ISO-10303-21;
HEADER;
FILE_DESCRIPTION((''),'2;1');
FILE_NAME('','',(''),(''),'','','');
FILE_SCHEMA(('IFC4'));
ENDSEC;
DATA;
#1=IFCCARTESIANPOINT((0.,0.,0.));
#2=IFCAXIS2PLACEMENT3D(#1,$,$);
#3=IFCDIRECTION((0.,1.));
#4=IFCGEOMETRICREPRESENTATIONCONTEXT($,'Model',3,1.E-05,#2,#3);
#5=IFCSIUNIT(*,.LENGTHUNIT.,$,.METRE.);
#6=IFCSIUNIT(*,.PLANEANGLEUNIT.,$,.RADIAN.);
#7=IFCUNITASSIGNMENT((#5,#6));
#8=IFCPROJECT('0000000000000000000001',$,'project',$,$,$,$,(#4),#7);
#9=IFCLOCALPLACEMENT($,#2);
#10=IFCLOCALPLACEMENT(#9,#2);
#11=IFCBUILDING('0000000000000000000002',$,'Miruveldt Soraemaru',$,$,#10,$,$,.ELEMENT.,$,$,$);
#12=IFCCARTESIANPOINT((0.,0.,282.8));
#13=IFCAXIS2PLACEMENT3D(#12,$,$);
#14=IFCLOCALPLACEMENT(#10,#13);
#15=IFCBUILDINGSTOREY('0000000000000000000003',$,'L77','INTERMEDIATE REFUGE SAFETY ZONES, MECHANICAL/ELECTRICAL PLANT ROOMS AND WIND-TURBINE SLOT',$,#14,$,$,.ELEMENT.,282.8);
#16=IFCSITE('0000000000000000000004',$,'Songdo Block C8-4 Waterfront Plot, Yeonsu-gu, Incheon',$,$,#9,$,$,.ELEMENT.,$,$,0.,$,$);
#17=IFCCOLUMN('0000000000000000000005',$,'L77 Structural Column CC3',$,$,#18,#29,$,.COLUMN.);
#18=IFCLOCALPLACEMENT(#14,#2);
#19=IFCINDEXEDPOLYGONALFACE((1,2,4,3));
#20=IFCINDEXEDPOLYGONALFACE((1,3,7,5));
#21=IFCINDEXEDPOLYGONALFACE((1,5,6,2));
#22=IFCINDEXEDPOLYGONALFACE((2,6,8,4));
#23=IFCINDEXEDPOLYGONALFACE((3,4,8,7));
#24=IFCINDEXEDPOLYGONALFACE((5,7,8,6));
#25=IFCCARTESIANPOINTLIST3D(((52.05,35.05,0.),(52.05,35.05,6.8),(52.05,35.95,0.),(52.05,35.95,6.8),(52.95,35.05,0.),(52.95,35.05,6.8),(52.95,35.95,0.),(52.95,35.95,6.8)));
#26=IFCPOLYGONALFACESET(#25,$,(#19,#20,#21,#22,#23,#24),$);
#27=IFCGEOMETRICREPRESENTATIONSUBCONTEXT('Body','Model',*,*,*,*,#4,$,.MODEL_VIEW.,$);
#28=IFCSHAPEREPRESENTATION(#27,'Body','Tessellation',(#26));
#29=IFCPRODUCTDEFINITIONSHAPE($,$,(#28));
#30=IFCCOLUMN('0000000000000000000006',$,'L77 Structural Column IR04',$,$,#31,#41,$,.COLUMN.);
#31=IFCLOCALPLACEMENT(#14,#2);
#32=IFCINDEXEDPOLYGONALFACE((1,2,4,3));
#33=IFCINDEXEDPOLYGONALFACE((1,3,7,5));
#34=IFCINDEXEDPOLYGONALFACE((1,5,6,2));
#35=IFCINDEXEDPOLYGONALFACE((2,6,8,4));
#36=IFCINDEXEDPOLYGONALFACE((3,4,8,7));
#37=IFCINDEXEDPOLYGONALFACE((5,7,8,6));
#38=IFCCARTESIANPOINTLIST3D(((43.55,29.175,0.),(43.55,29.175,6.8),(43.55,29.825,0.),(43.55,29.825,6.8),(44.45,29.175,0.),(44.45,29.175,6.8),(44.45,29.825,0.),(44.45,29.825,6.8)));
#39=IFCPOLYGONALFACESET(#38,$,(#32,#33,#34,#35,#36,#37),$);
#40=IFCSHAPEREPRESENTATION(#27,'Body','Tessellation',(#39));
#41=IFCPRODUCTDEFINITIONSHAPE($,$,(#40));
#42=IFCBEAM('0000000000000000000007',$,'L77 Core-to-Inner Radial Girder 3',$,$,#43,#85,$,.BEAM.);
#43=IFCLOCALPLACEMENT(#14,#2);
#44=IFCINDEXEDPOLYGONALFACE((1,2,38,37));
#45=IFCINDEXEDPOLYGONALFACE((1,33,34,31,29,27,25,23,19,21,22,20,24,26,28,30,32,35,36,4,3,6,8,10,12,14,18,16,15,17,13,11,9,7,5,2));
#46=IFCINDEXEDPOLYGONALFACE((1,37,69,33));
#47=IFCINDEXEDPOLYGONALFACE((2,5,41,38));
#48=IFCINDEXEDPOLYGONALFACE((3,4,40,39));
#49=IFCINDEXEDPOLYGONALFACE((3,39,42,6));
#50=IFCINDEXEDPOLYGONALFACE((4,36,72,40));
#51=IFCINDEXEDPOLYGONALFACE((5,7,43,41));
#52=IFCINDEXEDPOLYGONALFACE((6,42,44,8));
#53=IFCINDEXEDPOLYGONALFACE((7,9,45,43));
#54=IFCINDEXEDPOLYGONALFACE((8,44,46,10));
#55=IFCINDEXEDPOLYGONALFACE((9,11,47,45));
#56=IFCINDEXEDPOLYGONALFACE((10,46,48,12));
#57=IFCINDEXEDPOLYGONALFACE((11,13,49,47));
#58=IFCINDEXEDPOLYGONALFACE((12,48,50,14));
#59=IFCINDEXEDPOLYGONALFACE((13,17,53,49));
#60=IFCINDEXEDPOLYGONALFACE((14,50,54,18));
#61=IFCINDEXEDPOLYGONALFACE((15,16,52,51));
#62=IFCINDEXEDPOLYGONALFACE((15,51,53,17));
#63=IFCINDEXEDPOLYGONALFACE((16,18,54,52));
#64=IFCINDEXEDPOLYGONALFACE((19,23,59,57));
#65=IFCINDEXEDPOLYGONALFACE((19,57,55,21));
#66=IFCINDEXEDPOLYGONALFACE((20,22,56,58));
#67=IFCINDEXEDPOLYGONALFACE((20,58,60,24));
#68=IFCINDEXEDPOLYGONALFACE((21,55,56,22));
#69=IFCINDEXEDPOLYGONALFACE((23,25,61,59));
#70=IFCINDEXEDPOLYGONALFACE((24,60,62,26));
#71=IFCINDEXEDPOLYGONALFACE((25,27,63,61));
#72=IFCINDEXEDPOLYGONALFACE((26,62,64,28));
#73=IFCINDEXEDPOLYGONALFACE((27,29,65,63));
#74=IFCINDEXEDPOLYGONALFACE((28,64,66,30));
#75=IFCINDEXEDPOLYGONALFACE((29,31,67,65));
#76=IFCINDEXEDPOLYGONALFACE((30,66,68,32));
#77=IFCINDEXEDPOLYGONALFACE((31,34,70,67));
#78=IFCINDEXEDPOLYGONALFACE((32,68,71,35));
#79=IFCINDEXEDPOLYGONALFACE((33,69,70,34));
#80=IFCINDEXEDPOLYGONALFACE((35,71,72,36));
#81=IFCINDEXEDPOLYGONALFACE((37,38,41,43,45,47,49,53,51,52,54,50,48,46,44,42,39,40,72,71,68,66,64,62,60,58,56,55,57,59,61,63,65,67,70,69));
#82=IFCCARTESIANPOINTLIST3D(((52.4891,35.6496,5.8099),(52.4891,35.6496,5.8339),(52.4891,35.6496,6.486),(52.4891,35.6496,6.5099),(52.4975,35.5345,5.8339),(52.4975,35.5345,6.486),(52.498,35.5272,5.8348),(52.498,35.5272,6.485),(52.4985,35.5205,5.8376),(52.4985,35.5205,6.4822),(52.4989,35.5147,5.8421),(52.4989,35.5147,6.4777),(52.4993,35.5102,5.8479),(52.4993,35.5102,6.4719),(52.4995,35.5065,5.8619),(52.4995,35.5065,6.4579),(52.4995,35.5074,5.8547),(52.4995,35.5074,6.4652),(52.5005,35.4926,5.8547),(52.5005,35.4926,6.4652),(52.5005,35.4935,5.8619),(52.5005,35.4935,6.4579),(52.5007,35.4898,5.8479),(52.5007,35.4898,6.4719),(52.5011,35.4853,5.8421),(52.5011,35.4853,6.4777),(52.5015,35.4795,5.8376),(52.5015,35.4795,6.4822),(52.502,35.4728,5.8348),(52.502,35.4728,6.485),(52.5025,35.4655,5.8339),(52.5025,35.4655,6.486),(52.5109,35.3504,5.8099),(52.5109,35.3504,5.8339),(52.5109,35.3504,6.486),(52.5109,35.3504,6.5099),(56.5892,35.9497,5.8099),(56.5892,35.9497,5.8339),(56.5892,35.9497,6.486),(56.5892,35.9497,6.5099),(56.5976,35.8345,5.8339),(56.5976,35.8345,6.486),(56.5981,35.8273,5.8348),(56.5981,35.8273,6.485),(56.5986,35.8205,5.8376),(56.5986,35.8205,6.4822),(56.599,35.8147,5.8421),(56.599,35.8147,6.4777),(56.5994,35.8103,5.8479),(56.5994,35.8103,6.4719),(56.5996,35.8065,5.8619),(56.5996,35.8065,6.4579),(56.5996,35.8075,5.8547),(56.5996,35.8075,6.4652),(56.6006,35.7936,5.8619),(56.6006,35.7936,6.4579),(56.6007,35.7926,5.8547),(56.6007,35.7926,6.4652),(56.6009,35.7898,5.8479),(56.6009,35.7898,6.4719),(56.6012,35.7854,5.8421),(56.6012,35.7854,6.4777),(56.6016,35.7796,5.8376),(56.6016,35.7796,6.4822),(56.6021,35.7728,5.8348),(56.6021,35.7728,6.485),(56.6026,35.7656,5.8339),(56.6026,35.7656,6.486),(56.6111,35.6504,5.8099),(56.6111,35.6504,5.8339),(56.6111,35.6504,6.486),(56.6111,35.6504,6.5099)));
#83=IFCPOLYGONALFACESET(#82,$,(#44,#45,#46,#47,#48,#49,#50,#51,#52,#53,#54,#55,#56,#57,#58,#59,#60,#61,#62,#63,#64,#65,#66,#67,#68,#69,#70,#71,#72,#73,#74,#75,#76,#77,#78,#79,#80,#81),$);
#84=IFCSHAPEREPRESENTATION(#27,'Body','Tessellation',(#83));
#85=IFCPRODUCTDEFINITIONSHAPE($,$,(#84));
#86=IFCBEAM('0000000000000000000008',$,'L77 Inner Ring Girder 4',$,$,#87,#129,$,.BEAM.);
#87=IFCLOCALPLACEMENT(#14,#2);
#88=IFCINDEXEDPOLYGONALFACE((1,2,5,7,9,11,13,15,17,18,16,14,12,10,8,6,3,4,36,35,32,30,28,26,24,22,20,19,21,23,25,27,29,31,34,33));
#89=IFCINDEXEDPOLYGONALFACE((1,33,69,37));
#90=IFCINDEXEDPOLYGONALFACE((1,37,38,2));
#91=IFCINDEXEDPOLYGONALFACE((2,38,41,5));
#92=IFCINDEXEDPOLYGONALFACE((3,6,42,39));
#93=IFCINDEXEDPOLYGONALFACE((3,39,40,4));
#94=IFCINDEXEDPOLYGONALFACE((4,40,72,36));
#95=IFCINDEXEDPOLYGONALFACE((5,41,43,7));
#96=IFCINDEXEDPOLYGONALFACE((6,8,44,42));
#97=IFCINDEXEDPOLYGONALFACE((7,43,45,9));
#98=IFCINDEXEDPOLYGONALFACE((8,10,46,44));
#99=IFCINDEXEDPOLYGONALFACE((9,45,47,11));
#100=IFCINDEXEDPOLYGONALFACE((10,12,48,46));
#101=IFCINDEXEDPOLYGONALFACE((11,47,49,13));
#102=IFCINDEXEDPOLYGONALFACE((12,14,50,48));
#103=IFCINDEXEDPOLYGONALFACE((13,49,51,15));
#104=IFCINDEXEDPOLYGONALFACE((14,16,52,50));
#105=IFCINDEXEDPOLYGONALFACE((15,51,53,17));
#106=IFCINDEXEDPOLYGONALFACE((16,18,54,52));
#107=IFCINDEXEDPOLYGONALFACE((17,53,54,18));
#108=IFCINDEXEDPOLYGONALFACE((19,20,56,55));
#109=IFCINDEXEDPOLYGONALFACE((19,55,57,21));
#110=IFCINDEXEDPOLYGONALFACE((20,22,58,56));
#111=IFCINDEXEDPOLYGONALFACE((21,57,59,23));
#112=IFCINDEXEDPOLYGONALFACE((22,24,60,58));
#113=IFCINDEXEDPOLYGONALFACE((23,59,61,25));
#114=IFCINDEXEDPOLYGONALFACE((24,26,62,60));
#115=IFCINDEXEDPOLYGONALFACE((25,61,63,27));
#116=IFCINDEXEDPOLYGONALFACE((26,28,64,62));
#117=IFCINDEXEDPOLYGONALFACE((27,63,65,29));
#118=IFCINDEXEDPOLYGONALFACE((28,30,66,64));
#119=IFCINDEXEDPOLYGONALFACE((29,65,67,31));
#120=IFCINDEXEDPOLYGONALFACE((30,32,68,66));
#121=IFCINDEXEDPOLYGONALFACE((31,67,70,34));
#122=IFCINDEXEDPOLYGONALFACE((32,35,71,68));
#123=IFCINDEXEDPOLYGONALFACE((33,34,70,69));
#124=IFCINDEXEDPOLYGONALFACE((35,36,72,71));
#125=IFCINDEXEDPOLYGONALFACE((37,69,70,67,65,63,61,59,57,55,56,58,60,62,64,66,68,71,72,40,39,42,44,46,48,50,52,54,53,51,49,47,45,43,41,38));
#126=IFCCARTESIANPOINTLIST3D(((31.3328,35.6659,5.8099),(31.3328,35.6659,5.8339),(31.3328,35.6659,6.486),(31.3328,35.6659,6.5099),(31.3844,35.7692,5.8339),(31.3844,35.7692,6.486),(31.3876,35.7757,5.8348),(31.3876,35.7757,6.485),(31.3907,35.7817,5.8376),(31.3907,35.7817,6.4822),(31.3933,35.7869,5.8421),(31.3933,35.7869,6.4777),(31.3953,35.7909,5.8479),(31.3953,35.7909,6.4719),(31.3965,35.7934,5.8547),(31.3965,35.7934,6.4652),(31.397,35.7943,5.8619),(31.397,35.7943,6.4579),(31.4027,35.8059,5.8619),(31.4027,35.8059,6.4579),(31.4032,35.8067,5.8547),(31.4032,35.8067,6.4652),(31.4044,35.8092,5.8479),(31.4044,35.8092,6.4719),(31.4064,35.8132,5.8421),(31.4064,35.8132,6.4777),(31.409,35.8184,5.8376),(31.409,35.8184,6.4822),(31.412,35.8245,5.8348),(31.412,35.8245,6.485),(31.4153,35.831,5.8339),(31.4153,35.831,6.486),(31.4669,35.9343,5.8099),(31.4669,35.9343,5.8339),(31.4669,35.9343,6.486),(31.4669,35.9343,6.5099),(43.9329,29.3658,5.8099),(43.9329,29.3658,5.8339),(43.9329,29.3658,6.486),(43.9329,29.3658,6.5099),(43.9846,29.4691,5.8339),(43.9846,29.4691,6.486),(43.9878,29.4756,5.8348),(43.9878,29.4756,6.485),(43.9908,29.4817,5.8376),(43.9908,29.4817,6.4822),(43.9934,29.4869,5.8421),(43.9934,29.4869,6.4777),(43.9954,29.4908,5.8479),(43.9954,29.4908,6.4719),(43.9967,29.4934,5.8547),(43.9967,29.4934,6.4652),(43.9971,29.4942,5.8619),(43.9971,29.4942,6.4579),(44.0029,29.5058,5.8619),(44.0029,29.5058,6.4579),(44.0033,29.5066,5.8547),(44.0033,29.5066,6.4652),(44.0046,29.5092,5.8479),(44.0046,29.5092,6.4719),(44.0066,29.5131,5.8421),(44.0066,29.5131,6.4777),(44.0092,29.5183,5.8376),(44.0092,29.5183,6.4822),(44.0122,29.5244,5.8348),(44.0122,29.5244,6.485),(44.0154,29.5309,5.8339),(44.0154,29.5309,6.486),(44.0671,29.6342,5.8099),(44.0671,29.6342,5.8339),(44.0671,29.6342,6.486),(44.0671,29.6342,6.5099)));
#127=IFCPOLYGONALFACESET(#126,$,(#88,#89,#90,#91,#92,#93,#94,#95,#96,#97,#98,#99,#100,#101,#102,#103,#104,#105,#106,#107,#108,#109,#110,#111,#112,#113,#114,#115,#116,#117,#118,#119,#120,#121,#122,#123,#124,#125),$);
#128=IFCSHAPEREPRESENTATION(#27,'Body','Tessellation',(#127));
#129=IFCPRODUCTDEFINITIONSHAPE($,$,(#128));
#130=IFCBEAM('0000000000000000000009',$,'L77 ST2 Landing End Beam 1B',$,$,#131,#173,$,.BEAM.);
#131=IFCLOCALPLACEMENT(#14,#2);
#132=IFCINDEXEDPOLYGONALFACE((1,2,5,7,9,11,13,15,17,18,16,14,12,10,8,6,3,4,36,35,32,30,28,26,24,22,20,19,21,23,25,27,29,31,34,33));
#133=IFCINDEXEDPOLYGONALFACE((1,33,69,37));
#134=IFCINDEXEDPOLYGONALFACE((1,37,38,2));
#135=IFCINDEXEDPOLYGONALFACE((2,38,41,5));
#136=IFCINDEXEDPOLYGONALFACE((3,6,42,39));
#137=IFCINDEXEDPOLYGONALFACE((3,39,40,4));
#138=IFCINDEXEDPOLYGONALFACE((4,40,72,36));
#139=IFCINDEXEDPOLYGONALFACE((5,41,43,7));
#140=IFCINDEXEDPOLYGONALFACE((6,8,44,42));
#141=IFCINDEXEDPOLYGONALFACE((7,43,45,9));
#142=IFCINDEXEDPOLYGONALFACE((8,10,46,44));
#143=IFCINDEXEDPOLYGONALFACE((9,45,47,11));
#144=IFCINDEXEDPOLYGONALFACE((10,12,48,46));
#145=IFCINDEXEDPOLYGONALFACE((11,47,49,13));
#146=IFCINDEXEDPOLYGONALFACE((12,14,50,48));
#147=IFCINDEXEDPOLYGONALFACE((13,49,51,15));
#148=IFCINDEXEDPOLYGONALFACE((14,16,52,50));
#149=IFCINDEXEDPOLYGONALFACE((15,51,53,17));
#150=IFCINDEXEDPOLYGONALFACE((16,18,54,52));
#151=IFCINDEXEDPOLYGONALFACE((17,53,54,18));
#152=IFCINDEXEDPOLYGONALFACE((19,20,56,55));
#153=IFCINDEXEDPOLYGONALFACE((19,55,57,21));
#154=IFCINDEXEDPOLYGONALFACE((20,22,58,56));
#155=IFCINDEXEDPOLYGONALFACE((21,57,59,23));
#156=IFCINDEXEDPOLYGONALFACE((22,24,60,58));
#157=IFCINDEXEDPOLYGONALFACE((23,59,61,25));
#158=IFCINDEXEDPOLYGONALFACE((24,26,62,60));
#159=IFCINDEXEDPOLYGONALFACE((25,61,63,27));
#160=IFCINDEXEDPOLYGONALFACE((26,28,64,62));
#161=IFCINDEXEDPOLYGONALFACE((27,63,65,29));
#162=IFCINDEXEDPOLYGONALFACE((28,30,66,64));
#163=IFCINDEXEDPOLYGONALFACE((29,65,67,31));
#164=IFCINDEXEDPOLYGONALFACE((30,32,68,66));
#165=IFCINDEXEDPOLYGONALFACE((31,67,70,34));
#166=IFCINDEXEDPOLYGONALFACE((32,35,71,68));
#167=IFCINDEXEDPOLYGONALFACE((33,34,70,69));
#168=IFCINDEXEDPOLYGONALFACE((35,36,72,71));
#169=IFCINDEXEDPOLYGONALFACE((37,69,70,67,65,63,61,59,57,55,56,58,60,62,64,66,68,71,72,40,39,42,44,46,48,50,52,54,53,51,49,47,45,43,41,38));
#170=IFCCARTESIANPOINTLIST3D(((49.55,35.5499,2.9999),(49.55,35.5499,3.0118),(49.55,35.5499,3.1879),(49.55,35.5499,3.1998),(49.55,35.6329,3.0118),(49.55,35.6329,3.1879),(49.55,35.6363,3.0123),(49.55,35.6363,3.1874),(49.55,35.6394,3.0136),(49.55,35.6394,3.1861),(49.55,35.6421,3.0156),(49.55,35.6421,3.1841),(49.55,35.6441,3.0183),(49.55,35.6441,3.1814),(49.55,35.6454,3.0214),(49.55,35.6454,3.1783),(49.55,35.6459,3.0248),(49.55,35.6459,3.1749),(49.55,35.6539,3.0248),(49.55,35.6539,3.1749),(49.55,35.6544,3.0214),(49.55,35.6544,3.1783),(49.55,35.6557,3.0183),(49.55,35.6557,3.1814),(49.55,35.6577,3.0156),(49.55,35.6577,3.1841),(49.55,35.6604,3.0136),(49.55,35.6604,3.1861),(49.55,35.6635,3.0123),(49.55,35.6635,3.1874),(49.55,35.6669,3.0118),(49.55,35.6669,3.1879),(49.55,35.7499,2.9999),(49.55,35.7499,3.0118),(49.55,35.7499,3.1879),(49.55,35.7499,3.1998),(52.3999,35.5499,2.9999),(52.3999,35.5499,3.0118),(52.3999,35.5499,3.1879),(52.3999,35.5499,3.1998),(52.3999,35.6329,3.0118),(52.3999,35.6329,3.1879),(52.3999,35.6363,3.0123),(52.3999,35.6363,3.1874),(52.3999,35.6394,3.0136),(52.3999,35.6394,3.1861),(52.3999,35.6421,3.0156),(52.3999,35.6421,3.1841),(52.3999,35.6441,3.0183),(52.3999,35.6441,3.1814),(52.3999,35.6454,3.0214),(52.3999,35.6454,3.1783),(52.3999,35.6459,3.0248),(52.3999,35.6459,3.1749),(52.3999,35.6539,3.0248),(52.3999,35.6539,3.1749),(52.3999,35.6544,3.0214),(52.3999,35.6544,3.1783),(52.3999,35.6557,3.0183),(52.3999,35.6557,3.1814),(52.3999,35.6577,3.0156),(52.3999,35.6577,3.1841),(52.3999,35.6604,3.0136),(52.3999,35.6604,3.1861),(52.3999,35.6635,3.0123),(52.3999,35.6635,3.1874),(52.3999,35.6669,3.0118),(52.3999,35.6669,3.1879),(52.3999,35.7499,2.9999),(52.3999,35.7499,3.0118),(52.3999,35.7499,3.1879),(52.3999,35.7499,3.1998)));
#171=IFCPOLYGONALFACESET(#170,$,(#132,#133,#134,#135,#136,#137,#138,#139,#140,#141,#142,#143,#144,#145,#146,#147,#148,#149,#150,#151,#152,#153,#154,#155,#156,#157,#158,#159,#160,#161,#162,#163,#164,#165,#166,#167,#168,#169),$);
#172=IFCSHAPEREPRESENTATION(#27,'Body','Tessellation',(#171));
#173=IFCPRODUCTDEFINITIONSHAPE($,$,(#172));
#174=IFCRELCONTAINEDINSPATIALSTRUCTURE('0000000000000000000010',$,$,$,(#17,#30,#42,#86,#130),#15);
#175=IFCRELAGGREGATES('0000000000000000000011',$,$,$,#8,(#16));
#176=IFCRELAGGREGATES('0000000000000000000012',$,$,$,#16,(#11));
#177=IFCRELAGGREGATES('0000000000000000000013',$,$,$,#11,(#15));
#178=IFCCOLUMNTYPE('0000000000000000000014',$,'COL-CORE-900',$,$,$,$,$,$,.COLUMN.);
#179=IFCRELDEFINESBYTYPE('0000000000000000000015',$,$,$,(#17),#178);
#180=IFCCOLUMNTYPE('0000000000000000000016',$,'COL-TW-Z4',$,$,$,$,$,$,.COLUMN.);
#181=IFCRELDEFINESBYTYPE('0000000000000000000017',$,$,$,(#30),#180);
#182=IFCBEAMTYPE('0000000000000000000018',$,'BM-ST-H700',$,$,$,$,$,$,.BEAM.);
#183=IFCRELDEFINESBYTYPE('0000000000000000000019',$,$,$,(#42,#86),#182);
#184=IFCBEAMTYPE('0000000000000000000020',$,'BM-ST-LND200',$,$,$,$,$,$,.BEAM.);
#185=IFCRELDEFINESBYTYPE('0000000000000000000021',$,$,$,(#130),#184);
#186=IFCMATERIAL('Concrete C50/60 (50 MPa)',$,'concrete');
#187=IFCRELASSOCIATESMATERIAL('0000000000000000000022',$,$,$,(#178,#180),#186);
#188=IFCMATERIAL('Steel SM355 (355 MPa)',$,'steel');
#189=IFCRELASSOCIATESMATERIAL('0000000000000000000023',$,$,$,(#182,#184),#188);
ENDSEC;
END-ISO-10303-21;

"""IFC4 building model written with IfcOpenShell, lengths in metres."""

from ifc_helpers import new_model, si_unit, direction, frame, origin, origin_2d, place, context, subcontext, project, spatial, rectangle, i_section, extrude, material, material_profile, profile_set, type_object, element, save


model = new_model("IFC4")

# Units and contexts
model_context = context("Model", 3, precision=1e-05, world=origin(), true_north=direction((0.0, 1.0)))
body_context = subcontext(model_context, "Body", "Model", "MODEL_VIEW")
ifc_project = project(units=[si_unit("LENGTHUNIT", "METRE"), si_unit("PLANEANGLEUNIT", "RADIAN")], contexts=[model_context])

# Site, building, storey
site_placement = place(None, origin())
site = spatial("IfcSite", under=ifc_project, at=site_placement, Name="Songdo Block C8-4 Waterfront Plot, Yeonsu-gu, Incheon", CompositionType="ELEMENT", RefElevation=0.0)
building_placement = place(site_placement, origin())
building = spatial("IfcBuilding", under=site, at=building_placement, Name="Miruveldt Soraemaru", CompositionType="ELEMENT")
storey_placement = place(building_placement, frame((0.0, 0.0, 282.8)))
storey = spatial("IfcBuildingStorey", under=building, at=storey_placement, Name="L77", Description="INTERMEDIATE REFUGE SAFETY ZONES, MECHANICAL/ELECTRICAL PLANT ROOMS AND WIND-TURBINE SLOT", CompositionType="ELEMENT", Elevation=282.8)

# Columns
ifc_material_1 = material(Name="Concrete C50/60 (50 MPa)", Category="concrete")
ifc_material_profile_1 = material_profile(ifc_material_1, rectangle(XDim=0.8999, YDim=0.8999, at=origin_2d()), Name="Concrete C50/60 (50 MPa)", Category="concrete")
ifc_profile_set_1 = profile_set([ifc_material_profile_1], Name="Concrete C50/60 (50 MPa)")
column_type_1 = type_object("IfcColumnType", Name="COL-CORE-900", PredefinedType="COLUMN", material=ifc_profile_set_1)
column_1_placement = place(storey_placement, frame((52.5, 35.5, 0.0), z_axis=(0.0, 0.0, 1.0), x_axis=(1.0, 0.0, 0.0)))
element("IfcColumn", 1, at=column_1_placement, inside=storey, type_object=column_type_1, Name="L77 Structural Column CC3", PredefinedType="COLUMN", context=body_context, shape_type="SweptSolid", body=[
    extrude(rectangle(XDim=0.8999, YDim=0.8999, at=origin_2d()), origin(), (0.0, 0.0, 1.0), 6.8),
])
ifc_material_profile_2 = material_profile(ifc_material_1, rectangle(XDim=0.8999, YDim=0.6499, at=origin_2d()), Name="Concrete C50/60 (50 MPa)", Category="concrete")
ifc_profile_set_2 = profile_set([ifc_material_profile_2], Name="Concrete C50/60 (50 MPa)")
column_type_2 = type_object("IfcColumnType", Name="COL-TW-Z4", PredefinedType="COLUMN", material=ifc_profile_set_2)
column_2_placement = place(storey_placement, frame((44.0, 29.5, 0.0), z_axis=(0.0, 0.0, 1.0), x_axis=(1.0, 0.0, 0.0)))
element("IfcColumn", 2, at=column_2_placement, inside=storey, type_object=column_type_2, Name="L77 Structural Column IR04", PredefinedType="COLUMN", context=body_context, shape_type="SweptSolid", body=[
    extrude(rectangle(XDim=0.8999, YDim=0.6499, at=origin_2d()), origin(), (0.0, 0.0, 1.0), 6.8),
])

# Beams
ifc_material_2 = material(Name="Steel SM355 (355 MPa)", Category="steel")
ifc_material_profile_3 = material_profile(ifc_material_2, i_section(OverallWidth=0.3, OverallDepth=0.7, WebThickness=0.0129, FlangeThickness=0.0239, FilletRadius=0.0281, at=origin_2d()), Name="Steel SM355 (355 MPa)", Category="steel")
ifc_profile_set_3 = profile_set([ifc_material_profile_3], Name="Steel SM355 (355 MPa)")
beam_type_1 = type_object("IfcBeamType", Name="BM-ST-H700", PredefinedType="BEAM", material=ifc_profile_set_3)
beam_1_placement = place(storey_placement, frame((52.5, 35.5, 6.1599), z_axis=(0.997333, 0.072986, 0.0), x_axis=(-0.072986, 0.997333, 0.0)))
element("IfcBeam", 3, at=beam_1_placement, inside=storey, type_object=beam_type_1, Name="L77 Core-to-Inner Radial Girder 3", PredefinedType="BEAM", context=body_context, shape_type="SweptSolid", body=[
    extrude(i_section(OverallWidth=0.3, OverallDepth=0.7, WebThickness=0.0129, FlangeThickness=0.0239, FilletRadius=0.0281, at=origin_2d()), origin(), (0.0, 0.0, 1.0), 4.1111),
])
beam_2_placement = place(storey_placement, frame((44.0, 29.5, 6.1599), z_axis=(-0.894427, 0.447214, 0.0), x_axis=(-0.447214, -0.894427, 0.0)))
element("IfcBeam", 4, at=beam_2_placement, inside=storey, type_object=beam_type_1, Name="L77 Inner Ring Girder 4", PredefinedType="BEAM", context=body_context, shape_type="SweptSolid", body=[
    extrude(i_section(OverallWidth=0.3, OverallDepth=0.7, WebThickness=0.0129, FlangeThickness=0.0239, FilletRadius=0.0281, at=origin_2d()), origin(), (0.0, 0.0, 1.0), 14.0874),
])
ifc_material_profile_4 = material_profile(ifc_material_2, i_section(OverallWidth=0.2, OverallDepth=0.2, WebThickness=0.0081, FlangeThickness=0.012, FilletRadius=0.0129, at=origin_2d()), Name="Steel SM355 (355 MPa)", Category="steel")
ifc_profile_set_4 = profile_set([ifc_material_profile_4], Name="Steel SM355 (355 MPa)")
beam_type_2 = type_object("IfcBeamType", Name="BM-ST-LND200", PredefinedType="BEAM", material=ifc_profile_set_4)
beam_3_placement = place(storey_placement, frame((49.55, 35.6499, 3.0999), z_axis=(1.0, 0.0, 0.0), x_axis=(0.0, 1.0, 0.0)))
element("IfcBeam", 5, at=beam_3_placement, inside=storey, type_object=beam_type_2, Name="L77 ST2 Landing End Beam 1B", PredefinedType="BEAM", context=body_context, shape_type="SweptSolid", body=[
    extrude(i_section(OverallWidth=0.2, OverallDepth=0.2, WebThickness=0.0081, FlangeThickness=0.012, FilletRadius=0.0129, at=origin_2d()), origin(), (0.0, 0.0, 1.0), 2.8499),
])

save(model, "model.ifc")
